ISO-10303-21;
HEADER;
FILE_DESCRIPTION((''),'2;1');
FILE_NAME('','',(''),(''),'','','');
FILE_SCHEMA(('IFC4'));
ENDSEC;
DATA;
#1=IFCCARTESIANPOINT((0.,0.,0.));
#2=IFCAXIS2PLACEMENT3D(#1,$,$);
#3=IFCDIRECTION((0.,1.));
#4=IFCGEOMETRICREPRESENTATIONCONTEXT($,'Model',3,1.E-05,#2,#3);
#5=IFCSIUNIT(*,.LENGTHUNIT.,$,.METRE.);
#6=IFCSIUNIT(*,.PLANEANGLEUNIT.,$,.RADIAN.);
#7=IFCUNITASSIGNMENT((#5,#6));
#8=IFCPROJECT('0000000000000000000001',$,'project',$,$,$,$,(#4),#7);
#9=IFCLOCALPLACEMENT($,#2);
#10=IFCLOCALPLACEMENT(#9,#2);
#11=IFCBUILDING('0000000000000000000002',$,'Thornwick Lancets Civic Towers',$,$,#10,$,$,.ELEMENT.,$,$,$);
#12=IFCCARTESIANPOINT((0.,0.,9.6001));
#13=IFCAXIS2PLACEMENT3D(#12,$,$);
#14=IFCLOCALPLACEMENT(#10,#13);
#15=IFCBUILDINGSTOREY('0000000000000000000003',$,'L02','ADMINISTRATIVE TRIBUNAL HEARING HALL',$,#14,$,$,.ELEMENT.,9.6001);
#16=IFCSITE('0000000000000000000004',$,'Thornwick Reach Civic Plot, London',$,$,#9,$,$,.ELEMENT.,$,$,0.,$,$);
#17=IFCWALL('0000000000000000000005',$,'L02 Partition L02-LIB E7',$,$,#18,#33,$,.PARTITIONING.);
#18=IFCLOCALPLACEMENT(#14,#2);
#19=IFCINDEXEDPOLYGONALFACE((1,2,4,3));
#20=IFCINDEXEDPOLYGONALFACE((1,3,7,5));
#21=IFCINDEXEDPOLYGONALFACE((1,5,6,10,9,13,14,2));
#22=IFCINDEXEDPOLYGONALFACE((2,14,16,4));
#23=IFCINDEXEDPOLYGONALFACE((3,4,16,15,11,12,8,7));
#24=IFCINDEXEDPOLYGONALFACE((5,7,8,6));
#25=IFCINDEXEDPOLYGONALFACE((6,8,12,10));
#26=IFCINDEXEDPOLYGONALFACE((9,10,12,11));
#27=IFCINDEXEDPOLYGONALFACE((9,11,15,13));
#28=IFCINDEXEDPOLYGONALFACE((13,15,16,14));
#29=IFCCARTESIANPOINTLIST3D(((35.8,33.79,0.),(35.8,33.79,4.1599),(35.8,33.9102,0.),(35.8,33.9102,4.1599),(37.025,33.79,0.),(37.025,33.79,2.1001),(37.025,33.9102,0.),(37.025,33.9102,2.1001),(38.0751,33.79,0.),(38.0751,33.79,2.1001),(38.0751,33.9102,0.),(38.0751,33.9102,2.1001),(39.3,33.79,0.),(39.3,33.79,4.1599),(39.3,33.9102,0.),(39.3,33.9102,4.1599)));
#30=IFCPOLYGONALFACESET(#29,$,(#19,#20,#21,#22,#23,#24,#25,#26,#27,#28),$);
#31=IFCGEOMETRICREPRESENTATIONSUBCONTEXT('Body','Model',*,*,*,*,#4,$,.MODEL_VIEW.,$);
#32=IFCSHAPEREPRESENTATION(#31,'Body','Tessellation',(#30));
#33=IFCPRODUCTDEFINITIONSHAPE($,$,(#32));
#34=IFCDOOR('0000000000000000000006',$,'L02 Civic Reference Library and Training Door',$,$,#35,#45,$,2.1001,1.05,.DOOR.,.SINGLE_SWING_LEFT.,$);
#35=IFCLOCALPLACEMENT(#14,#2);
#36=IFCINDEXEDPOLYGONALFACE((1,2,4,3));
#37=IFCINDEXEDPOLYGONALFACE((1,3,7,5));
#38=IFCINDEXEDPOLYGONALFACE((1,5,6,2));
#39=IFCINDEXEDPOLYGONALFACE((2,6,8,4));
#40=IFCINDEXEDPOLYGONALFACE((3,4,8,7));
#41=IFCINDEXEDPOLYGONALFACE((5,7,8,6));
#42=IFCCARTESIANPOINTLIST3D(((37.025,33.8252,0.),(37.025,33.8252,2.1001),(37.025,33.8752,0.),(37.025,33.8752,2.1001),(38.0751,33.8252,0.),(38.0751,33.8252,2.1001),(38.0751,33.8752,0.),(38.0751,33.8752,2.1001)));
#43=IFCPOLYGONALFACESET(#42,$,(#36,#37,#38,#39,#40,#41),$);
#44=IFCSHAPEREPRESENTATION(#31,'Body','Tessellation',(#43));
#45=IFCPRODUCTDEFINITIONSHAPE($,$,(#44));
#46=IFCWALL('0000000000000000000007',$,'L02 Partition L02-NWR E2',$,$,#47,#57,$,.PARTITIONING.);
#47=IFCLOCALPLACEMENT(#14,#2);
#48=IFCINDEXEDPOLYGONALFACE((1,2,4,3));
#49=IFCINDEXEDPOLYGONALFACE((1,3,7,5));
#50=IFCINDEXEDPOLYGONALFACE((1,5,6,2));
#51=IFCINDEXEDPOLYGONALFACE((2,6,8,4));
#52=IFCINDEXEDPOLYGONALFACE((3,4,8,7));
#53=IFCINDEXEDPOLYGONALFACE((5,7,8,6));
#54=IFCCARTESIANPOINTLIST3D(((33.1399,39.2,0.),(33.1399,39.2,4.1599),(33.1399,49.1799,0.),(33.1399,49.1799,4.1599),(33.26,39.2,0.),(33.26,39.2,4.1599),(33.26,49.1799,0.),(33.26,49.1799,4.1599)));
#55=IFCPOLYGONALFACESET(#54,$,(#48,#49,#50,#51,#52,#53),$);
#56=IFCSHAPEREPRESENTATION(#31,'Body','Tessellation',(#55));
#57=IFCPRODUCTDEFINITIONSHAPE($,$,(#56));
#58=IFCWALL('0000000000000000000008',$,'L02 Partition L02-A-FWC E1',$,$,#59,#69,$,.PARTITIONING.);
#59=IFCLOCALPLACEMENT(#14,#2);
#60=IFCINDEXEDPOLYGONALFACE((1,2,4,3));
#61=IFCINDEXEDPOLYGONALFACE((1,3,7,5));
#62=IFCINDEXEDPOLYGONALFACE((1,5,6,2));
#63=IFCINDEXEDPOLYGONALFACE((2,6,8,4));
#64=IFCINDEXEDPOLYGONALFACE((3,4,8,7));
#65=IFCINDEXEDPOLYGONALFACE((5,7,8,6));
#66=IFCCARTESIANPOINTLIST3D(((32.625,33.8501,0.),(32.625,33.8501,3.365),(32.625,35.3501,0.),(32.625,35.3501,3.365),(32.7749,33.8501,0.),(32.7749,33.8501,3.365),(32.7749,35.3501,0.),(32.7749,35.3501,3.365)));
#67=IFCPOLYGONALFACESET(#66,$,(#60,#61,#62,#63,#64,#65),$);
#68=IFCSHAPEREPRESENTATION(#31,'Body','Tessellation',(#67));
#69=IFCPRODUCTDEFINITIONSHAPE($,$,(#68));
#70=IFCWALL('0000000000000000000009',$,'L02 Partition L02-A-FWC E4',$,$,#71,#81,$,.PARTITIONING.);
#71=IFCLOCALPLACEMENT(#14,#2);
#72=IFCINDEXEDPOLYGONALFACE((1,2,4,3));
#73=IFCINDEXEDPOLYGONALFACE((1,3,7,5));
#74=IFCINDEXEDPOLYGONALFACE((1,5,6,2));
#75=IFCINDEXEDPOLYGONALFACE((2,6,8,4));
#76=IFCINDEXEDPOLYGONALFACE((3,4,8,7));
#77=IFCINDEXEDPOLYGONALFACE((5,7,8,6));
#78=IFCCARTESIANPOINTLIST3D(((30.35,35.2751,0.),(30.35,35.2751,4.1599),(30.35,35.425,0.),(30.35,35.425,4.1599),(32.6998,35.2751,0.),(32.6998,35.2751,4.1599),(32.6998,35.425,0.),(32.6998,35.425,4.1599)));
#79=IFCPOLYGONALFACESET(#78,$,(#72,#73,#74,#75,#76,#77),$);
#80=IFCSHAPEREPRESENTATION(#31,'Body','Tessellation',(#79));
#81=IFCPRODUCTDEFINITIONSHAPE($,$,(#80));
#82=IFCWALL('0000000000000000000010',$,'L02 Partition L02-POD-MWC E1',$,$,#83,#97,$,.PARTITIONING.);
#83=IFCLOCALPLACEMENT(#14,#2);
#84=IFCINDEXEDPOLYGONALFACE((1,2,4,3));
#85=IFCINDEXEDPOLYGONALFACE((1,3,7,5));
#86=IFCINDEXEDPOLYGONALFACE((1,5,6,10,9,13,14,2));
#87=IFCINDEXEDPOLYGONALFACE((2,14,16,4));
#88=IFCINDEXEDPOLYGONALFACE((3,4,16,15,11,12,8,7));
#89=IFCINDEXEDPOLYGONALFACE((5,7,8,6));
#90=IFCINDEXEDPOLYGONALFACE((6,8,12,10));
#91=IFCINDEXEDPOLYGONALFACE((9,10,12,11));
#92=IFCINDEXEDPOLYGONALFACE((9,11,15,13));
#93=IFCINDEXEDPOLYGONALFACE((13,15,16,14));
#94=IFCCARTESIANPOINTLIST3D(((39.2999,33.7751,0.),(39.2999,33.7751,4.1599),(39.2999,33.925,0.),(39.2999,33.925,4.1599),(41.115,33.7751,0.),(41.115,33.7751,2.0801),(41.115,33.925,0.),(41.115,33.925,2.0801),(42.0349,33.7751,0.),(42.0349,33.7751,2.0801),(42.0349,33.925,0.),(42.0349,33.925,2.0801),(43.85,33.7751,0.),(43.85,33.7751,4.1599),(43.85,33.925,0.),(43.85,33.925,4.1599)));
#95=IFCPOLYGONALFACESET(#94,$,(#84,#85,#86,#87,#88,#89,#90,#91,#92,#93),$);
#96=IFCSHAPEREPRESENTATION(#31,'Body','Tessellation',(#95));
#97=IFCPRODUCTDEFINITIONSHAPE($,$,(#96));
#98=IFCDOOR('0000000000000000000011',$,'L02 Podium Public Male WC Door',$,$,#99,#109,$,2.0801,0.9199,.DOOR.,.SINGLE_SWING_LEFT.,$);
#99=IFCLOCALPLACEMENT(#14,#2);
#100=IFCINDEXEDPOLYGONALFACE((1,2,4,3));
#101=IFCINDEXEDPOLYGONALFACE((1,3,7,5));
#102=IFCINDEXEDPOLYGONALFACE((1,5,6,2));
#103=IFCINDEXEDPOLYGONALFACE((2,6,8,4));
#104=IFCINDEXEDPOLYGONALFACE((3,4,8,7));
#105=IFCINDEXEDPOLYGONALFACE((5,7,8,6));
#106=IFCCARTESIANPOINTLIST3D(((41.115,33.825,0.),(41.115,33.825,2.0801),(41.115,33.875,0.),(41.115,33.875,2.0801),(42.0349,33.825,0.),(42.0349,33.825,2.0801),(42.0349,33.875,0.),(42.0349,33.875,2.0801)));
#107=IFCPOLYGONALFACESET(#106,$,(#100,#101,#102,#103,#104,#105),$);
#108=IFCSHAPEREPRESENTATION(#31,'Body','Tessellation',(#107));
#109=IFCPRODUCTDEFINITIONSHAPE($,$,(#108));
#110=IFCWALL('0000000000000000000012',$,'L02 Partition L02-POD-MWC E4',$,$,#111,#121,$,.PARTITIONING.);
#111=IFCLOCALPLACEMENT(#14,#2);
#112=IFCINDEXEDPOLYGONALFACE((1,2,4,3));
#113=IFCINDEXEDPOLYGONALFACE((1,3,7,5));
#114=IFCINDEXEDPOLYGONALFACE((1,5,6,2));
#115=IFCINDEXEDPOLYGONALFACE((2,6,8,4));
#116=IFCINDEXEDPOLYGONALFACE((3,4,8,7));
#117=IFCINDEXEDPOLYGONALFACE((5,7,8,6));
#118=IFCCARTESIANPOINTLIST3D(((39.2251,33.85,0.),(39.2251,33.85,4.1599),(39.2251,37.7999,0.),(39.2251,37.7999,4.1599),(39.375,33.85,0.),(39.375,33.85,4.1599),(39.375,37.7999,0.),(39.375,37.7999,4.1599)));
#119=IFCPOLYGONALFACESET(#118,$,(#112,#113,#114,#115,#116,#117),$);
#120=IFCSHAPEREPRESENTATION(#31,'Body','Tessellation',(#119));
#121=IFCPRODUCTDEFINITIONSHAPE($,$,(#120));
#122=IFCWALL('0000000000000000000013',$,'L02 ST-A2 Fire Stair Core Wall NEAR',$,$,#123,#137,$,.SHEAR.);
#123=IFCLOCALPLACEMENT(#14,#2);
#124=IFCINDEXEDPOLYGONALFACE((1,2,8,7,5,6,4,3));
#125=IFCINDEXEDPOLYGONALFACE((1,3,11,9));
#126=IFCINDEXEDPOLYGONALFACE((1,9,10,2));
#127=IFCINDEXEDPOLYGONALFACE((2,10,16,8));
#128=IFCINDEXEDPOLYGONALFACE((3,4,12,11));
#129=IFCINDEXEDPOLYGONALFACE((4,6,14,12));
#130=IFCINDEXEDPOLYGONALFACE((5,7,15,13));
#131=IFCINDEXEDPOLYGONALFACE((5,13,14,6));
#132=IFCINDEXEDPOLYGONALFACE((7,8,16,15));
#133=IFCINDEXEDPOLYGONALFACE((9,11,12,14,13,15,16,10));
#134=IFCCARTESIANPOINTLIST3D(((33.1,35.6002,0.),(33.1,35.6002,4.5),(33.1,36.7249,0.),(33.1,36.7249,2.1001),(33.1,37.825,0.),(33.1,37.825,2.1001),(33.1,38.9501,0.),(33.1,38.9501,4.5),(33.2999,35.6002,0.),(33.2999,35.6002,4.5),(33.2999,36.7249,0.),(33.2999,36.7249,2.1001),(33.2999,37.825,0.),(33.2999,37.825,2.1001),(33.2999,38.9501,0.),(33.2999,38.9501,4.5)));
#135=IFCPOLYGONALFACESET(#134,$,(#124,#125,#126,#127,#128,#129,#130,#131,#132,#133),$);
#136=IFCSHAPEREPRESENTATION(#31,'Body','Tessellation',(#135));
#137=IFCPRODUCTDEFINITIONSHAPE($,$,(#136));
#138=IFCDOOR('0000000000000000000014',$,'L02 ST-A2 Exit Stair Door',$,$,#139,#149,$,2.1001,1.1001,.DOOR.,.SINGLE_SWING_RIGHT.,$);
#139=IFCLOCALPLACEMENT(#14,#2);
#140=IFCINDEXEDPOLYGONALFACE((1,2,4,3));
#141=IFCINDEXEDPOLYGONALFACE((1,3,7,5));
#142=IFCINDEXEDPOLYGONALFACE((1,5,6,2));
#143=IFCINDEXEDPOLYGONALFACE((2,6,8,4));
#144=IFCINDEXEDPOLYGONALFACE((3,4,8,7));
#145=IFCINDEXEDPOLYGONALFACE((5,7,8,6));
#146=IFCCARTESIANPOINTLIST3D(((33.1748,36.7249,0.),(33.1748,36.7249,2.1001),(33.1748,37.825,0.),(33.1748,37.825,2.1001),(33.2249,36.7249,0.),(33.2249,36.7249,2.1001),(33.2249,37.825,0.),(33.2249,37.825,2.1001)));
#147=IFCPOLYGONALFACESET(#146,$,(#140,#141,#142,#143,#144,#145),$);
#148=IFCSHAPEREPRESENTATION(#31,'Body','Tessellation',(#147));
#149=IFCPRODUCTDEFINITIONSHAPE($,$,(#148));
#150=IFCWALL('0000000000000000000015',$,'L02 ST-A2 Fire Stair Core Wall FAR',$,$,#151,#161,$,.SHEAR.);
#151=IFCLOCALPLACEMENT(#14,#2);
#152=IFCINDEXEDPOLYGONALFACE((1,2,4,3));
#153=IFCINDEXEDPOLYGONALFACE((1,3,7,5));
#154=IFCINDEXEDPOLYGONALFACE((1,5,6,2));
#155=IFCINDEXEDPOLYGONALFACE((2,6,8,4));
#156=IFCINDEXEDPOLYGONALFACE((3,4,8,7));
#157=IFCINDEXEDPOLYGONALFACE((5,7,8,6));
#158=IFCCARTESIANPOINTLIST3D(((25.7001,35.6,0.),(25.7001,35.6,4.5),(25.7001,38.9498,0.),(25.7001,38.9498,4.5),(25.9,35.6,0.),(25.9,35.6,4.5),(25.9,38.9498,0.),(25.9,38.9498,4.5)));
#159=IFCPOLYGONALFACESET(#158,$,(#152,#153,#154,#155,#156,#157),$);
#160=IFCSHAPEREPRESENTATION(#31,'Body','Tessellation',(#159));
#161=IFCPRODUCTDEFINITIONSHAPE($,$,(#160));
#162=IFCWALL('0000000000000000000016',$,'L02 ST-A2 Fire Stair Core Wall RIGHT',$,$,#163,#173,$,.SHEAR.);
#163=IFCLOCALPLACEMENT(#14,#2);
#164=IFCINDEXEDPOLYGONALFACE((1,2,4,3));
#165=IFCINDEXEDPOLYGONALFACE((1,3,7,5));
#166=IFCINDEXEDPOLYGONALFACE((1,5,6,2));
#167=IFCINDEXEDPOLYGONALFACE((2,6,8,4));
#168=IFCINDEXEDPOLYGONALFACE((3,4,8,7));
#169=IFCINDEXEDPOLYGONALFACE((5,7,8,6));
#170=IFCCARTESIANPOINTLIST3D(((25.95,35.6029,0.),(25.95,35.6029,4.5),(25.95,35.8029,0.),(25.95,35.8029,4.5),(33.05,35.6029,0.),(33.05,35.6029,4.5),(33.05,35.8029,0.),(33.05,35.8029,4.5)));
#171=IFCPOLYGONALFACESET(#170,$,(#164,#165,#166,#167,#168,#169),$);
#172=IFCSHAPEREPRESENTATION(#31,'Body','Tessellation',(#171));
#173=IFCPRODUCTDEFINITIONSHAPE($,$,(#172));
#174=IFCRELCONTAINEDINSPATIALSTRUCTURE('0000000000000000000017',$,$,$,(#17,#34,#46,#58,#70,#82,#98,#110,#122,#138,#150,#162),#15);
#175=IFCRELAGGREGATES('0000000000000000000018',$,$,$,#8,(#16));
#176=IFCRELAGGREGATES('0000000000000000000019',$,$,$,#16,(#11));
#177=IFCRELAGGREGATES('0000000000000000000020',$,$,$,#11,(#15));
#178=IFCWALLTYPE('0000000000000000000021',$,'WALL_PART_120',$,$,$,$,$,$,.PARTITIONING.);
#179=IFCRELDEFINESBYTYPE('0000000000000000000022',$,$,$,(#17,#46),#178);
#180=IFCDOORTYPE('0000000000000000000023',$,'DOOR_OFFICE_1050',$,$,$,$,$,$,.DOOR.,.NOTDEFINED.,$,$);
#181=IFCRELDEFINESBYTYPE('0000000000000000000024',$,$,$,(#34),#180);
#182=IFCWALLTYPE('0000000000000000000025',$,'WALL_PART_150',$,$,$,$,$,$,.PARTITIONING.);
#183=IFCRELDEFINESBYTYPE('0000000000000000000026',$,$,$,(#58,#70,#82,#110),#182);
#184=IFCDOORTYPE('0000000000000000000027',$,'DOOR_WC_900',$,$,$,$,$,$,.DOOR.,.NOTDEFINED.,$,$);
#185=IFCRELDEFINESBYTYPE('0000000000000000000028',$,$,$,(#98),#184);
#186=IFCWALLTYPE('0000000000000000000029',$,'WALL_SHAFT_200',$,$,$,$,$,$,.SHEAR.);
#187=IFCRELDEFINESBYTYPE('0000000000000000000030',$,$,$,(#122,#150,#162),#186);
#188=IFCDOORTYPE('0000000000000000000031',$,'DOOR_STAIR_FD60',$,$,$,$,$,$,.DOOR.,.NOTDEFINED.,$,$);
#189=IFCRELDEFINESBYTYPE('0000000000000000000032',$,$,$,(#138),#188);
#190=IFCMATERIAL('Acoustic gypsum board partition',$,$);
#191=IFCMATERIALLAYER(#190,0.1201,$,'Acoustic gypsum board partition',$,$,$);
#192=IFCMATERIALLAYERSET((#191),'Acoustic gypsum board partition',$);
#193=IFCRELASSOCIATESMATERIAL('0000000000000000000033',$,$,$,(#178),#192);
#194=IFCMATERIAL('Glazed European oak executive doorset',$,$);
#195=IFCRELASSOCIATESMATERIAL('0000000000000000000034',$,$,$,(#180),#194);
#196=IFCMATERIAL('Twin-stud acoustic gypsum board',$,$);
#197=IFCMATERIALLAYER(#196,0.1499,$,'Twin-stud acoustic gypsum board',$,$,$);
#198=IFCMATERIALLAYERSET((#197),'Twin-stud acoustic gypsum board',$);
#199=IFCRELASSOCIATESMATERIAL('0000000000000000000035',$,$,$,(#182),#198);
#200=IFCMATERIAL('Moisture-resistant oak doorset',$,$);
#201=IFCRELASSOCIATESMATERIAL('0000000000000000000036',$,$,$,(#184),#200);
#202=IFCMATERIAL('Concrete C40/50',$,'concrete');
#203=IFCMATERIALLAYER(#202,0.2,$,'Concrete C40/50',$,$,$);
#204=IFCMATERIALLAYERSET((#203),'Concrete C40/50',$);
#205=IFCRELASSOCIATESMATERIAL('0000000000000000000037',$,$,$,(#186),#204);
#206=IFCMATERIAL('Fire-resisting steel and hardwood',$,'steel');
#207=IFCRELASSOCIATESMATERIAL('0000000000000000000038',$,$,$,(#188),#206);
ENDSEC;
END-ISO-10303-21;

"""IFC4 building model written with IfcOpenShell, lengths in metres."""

from ifc_helpers import new_model, si_unit, direction, frame, frame_2d, origin, place, context, subcontext, project, spatial, rectangle, extrude, material, layer, layer_set, type_object, element, fill, save


model = new_model("IFC4")

# Units and contexts
model_context = context("Model", 3, precision=1e-05, world=origin(), true_north=direction((0.0, 1.0)))
body_context = subcontext(model_context, "Body", "Model", "MODEL_VIEW")
ifc_project = project(units=[si_unit("LENGTHUNIT", "METRE"), si_unit("PLANEANGLEUNIT", "RADIAN")], contexts=[model_context])

# Site, building, storey
site_placement = place(None, origin())
site = spatial("IfcSite", under=ifc_project, at=site_placement, Name="Thornwick Reach Civic Plot, London", CompositionType="ELEMENT", RefElevation=0.0)
building_placement = place(site_placement, origin())
building = spatial("IfcBuilding", under=site, at=building_placement, Name="Thornwick Lancets Civic Towers", CompositionType="ELEMENT")
storey_placement = place(building_placement, frame((0.0, 0.0, 9.6001)))
storey = spatial("IfcBuildingStorey", under=building, at=storey_placement, Name="L02", Description="ADMINISTRATIVE TRIBUNAL HEARING HALL", CompositionType="ELEMENT", Elevation=9.6001)

# Shared definitions
ifc_material_1 = material(Name="Concrete C40/50", Category="concrete")

# Shared definitions
ifc_material_2 = material(Name="Acoustic gypsum board partition")
ifc_layer_1 = layer(ifc_material_2, 0.1201, Name="Acoustic gypsum board partition")
ifc_layer_set_1 = layer_set([ifc_layer_1], Name="Acoustic gypsum board partition")
wall_type_1 = type_object("IfcWallType", Name="WALL_PART_120", PredefinedType="PARTITIONING", material=ifc_layer_set_1)

# Wall, opening, door
wall_1_placement = place(storey_placement, frame((39.3, 33.8501, 0.0), z_axis=(0.0, 0.0, 1.0), x_axis=(-1.0, 0.0, 0.0)))
wall_1 = element("IfcWall", 1, at=wall_1_placement, inside=storey, type_object=wall_type_1, Name="L02 Partition L02-LIB E7", PredefinedType="PARTITIONING", context=body_context, shape_type="SweptSolid", body=[
    extrude(rectangle(XDim=3.5, YDim=0.1201, at=frame_2d((1.75, 0.0))), origin(), (0.0, 0.0, 1.0), 4.1599),
])
opening_1_placement = place(wall_1_placement, frame((1.2251, 0.0, 0.0)))
opening_1 = element("IfcOpeningElement", 2, at=opening_1_placement, cuts=wall_1, PredefinedType="OPENING", context=body_context, shape_type="SweptSolid", body=[
    extrude(rectangle(XDim=1.05, YDim=2.1001, at=frame_2d((0.5249, 1.05))), frame((0.0, 0.0701, 0.0), z_axis=(0.0, -1.0, 0.0), x_axis=(1.0, 0.0, 0.0)), (0.0, 0.0, 1.0), 0.1401),
])
ifc_material_3 = material(Name="Glazed European oak executive doorset")
door_type_1 = type_object("IfcDoorType", Name="DOOR_OFFICE_1050", OperationType="NOTDEFINED", PredefinedType="DOOR", material=ifc_material_3)
door_1_placement = place(opening_1_placement, origin())
door_1 = element("IfcDoor", 3, at=door_1_placement, inside=storey, type_object=door_type_1, Name="L02 Civic Reference Library and Training Door", OperationType="SINGLE_SWING_LEFT", OverallHeight=2.1001, OverallWidth=1.05, PredefinedType="DOOR", context=body_context, shape_type="SweptSolid", body=[
    extrude(rectangle(XDim=1.05, YDim=2.1001, at=frame_2d((0.5249, 1.05))), frame((0.0, 0.0249, 0.0), z_axis=(0.0, -1.0, 0.0), x_axis=(1.0, 0.0, 0.0)), (0.0, 0.0, 1.0), 0.05),
])
fill(opening_1, door_1)

# Walls
wall_2_placement = place(storey_placement, frame((33.2, 49.1799, 0.0), z_axis=(0.0, 0.0, 1.0), x_axis=(0.0, -1.0, 0.0)))
element("IfcWall", 4, at=wall_2_placement, inside=storey, type_object=wall_type_1, Name="L02 Partition L02-NWR E2", PredefinedType="PARTITIONING", context=body_context, shape_type="SweptSolid", body=[
    extrude(rectangle(XDim=9.98, YDim=0.1201, at=frame_2d((4.99, 0.0))), origin(), (0.0, 0.0, 1.0), 4.1599),
])
ifc_material_4 = material(Name="Twin-stud acoustic gypsum board")
ifc_layer_2 = layer(ifc_material_4, 0.1499, Name="Twin-stud acoustic gypsum board")
ifc_layer_set_2 = layer_set([ifc_layer_2], Name="Twin-stud acoustic gypsum board")
wall_type_2 = type_object("IfcWallType", Name="WALL_PART_150", PredefinedType="PARTITIONING", material=ifc_layer_set_2)
wall_3_placement = place(storey_placement, frame((32.7, 35.3501, 0.0), z_axis=(0.0, 0.0, 1.0), x_axis=(0.0, -1.0, 0.0)))
element("IfcWall", 5, at=wall_3_placement, inside=storey, type_object=wall_type_2, Name="L02 Partition L02-A-FWC E1", PredefinedType="PARTITIONING", context=body_context, shape_type="SweptSolid", body=[
    extrude(rectangle(XDim=1.5, YDim=0.1499, at=frame_2d((0.75, 0.0))), origin(), (0.0, 0.0, 1.0), 3.365),
])
wall_4_placement = place(storey_placement, frame((30.3501, 35.3501, 0.0), z_axis=(0.0, 0.0, 1.0), x_axis=(1.0, 0.0, 0.0)))
element("IfcWall", 6, at=wall_4_placement, inside=storey, type_object=wall_type_2, Name="L02 Partition L02-A-FWC E4", PredefinedType="PARTITIONING", context=body_context, shape_type="SweptSolid", body=[
    extrude(rectangle(XDim=2.3499, YDim=0.1499, at=frame_2d((1.1748, 0.0))), origin(), (0.0, 0.0, 1.0), 4.1599),
])

# Wall, opening, door
wall_5_placement = place(storey_placement, frame((39.3, 33.8501, 0.0), z_axis=(0.0, 0.0, 1.0), x_axis=(1.0, 0.0, 0.0)))
wall_5 = element("IfcWall", 7, at=wall_5_placement, inside=storey, type_object=wall_type_2, Name="L02 Partition L02-POD-MWC E1", PredefinedType="PARTITIONING", context=body_context, shape_type="SweptSolid", body=[
    extrude(rectangle(XDim=4.55, YDim=0.1499, at=frame_2d((2.2749, 0.0))), origin(), (0.0, 0.0, 1.0), 4.1599),
])
opening_2_placement = place(wall_5_placement, frame((1.8149, 0.0, 0.0)))
opening_2 = element("IfcOpeningElement", 8, at=opening_2_placement, cuts=wall_5, PredefinedType="OPENING", context=body_context, shape_type="SweptSolid", body=[
    extrude(rectangle(XDim=0.9199, YDim=2.0801, at=frame_2d((0.46, 1.04))), frame((0.0, 0.085, 0.0), z_axis=(0.0, -1.0, 0.0), x_axis=(1.0, 0.0, 0.0)), (0.0, 0.0, 1.0), 0.1699),
])
ifc_material_5 = material(Name="Moisture-resistant oak doorset")
door_type_2 = type_object("IfcDoorType", Name="DOOR_WC_900", OperationType="NOTDEFINED", PredefinedType="DOOR", material=ifc_material_5)
door_2_placement = place(opening_2_placement, origin())
door_2 = element("IfcDoor", 9, at=door_2_placement, inside=storey, type_object=door_type_2, Name="L02 Podium Public Male WC Door", OperationType="SINGLE_SWING_LEFT", OverallHeight=2.0801, OverallWidth=0.9199, PredefinedType="DOOR", context=body_context, shape_type="SweptSolid", body=[
    extrude(rectangle(XDim=0.9199, YDim=2.0801, at=frame_2d((0.46, 1.04))), frame((0.0, 0.0249, 0.0), z_axis=(0.0, -1.0, 0.0), x_axis=(1.0, 0.0, 0.0)), (0.0, 0.0, 1.0), 0.05),
])
fill(opening_2, door_2)

# Wall
wall_6_placement = place(storey_placement, frame((39.3, 37.8, 0.0), z_axis=(0.0, 0.0, 1.0), x_axis=(0.0, -1.0, 0.0)))
element("IfcWall", 10, at=wall_6_placement, inside=storey, type_object=wall_type_2, Name="L02 Partition L02-POD-MWC E4", PredefinedType="PARTITIONING", context=body_context, shape_type="SweptSolid", body=[
    extrude(rectangle(XDim=3.95, YDim=0.1499, at=frame_2d((1.9751, 0.0))), origin(), (0.0, 0.0, 1.0), 4.1599),
])

# Wall, opening, door
ifc_layer_3 = layer(ifc_material_1, 0.2, Name="Concrete C40/50")
ifc_layer_set_3 = layer_set([ifc_layer_3], Name="Concrete C40/50")
wall_type_3 = type_object("IfcWallType", Name="WALL_SHAFT_200", PredefinedType="SHEAR", material=ifc_layer_set_3)
wall_7_placement = place(storey_placement, frame((33.2, 38.95, 0.0), z_axis=(0.0, 0.0, 1.0), x_axis=(0.0, -1.0, 0.0)))
wall_7 = element("IfcWall", 11, at=wall_7_placement, inside=storey, type_object=wall_type_3, Name="L02 ST-A2 Fire Stair Core Wall NEAR", PredefinedType="SHEAR", context=body_context, shape_type="SweptSolid", body=[
    extrude(rectangle(XDim=3.3499, YDim=0.2, at=frame_2d((1.6748, 0.0))), origin(), (0.0, 0.0, 1.0), 4.5),
])
opening_3_placement = place(wall_7_placement, frame((1.125, 0.0, 0.0)))
opening_3 = element("IfcOpeningElement", 12, at=opening_3_placement, cuts=wall_7, PredefinedType="OPENING", context=body_context, shape_type="SweptSolid", body=[
    extrude(rectangle(XDim=1.1001, YDim=2.1001, at=frame_2d((0.55, 1.05))), frame((0.0, 0.1099, 0.0), z_axis=(0.0, -1.0, 0.0), x_axis=(1.0, 0.0, 0.0)), (0.0, 0.0, 1.0), 0.22),
])
ifc_material_6 = material(Name="Fire-resisting steel and hardwood", Category="steel")
door_type_3 = type_object("IfcDoorType", Name="DOOR_STAIR_FD60", OperationType="NOTDEFINED", PredefinedType="DOOR", material=ifc_material_6)
door_3_placement = place(opening_3_placement, origin())
door_3 = element("IfcDoor", 13, at=door_3_placement, inside=storey, type_object=door_type_3, Name="L02 ST-A2 Exit Stair Door", OperationType="SINGLE_SWING_RIGHT", OverallHeight=2.1001, OverallWidth=1.1001, PredefinedType="DOOR", context=body_context, shape_type="SweptSolid", body=[
    extrude(rectangle(XDim=1.1001, YDim=2.1001, at=frame_2d((0.55, 1.05))), frame((0.0, 0.0249, 0.0), z_axis=(0.0, -1.0, 0.0), x_axis=(1.0, 0.0, 0.0)), (0.0, 0.0, 1.0), 0.05),
])
fill(opening_3, door_3)

# Walls
wall_8_placement = place(storey_placement, frame((25.8, 35.6001, 0.0), z_axis=(0.0, 0.0, 1.0), x_axis=(0.0, 1.0, 0.0)))
element("IfcWall", 14, at=wall_8_placement, inside=storey, type_object=wall_type_3, Name="L02 ST-A2 Fire Stair Core Wall FAR", PredefinedType="SHEAR", context=body_context, shape_type="SweptSolid", body=[
    extrude(rectangle(XDim=3.3499, YDim=0.2, at=frame_2d((1.6748, 0.0))), origin(), (0.0, 0.0, 1.0), 4.5),
])
wall_9_placement = place(storey_placement, frame((25.95, 35.7029, 0.0), z_axis=(0.0, 0.0, 1.0), x_axis=(1.0, 0.0, 0.0)))
element("IfcWall", 15, at=wall_9_placement, inside=storey, type_object=wall_type_3, Name="L02 ST-A2 Fire Stair Core Wall RIGHT", PredefinedType="SHEAR", context=body_context, shape_type="SweptSolid", body=[
    extrude(rectangle(XDim=7.1001, YDim=0.2, at=frame_2d((3.55, 0.0))), origin(), (0.0, 0.0, 1.0), 4.5),
])

save(model, "model.ifc")
